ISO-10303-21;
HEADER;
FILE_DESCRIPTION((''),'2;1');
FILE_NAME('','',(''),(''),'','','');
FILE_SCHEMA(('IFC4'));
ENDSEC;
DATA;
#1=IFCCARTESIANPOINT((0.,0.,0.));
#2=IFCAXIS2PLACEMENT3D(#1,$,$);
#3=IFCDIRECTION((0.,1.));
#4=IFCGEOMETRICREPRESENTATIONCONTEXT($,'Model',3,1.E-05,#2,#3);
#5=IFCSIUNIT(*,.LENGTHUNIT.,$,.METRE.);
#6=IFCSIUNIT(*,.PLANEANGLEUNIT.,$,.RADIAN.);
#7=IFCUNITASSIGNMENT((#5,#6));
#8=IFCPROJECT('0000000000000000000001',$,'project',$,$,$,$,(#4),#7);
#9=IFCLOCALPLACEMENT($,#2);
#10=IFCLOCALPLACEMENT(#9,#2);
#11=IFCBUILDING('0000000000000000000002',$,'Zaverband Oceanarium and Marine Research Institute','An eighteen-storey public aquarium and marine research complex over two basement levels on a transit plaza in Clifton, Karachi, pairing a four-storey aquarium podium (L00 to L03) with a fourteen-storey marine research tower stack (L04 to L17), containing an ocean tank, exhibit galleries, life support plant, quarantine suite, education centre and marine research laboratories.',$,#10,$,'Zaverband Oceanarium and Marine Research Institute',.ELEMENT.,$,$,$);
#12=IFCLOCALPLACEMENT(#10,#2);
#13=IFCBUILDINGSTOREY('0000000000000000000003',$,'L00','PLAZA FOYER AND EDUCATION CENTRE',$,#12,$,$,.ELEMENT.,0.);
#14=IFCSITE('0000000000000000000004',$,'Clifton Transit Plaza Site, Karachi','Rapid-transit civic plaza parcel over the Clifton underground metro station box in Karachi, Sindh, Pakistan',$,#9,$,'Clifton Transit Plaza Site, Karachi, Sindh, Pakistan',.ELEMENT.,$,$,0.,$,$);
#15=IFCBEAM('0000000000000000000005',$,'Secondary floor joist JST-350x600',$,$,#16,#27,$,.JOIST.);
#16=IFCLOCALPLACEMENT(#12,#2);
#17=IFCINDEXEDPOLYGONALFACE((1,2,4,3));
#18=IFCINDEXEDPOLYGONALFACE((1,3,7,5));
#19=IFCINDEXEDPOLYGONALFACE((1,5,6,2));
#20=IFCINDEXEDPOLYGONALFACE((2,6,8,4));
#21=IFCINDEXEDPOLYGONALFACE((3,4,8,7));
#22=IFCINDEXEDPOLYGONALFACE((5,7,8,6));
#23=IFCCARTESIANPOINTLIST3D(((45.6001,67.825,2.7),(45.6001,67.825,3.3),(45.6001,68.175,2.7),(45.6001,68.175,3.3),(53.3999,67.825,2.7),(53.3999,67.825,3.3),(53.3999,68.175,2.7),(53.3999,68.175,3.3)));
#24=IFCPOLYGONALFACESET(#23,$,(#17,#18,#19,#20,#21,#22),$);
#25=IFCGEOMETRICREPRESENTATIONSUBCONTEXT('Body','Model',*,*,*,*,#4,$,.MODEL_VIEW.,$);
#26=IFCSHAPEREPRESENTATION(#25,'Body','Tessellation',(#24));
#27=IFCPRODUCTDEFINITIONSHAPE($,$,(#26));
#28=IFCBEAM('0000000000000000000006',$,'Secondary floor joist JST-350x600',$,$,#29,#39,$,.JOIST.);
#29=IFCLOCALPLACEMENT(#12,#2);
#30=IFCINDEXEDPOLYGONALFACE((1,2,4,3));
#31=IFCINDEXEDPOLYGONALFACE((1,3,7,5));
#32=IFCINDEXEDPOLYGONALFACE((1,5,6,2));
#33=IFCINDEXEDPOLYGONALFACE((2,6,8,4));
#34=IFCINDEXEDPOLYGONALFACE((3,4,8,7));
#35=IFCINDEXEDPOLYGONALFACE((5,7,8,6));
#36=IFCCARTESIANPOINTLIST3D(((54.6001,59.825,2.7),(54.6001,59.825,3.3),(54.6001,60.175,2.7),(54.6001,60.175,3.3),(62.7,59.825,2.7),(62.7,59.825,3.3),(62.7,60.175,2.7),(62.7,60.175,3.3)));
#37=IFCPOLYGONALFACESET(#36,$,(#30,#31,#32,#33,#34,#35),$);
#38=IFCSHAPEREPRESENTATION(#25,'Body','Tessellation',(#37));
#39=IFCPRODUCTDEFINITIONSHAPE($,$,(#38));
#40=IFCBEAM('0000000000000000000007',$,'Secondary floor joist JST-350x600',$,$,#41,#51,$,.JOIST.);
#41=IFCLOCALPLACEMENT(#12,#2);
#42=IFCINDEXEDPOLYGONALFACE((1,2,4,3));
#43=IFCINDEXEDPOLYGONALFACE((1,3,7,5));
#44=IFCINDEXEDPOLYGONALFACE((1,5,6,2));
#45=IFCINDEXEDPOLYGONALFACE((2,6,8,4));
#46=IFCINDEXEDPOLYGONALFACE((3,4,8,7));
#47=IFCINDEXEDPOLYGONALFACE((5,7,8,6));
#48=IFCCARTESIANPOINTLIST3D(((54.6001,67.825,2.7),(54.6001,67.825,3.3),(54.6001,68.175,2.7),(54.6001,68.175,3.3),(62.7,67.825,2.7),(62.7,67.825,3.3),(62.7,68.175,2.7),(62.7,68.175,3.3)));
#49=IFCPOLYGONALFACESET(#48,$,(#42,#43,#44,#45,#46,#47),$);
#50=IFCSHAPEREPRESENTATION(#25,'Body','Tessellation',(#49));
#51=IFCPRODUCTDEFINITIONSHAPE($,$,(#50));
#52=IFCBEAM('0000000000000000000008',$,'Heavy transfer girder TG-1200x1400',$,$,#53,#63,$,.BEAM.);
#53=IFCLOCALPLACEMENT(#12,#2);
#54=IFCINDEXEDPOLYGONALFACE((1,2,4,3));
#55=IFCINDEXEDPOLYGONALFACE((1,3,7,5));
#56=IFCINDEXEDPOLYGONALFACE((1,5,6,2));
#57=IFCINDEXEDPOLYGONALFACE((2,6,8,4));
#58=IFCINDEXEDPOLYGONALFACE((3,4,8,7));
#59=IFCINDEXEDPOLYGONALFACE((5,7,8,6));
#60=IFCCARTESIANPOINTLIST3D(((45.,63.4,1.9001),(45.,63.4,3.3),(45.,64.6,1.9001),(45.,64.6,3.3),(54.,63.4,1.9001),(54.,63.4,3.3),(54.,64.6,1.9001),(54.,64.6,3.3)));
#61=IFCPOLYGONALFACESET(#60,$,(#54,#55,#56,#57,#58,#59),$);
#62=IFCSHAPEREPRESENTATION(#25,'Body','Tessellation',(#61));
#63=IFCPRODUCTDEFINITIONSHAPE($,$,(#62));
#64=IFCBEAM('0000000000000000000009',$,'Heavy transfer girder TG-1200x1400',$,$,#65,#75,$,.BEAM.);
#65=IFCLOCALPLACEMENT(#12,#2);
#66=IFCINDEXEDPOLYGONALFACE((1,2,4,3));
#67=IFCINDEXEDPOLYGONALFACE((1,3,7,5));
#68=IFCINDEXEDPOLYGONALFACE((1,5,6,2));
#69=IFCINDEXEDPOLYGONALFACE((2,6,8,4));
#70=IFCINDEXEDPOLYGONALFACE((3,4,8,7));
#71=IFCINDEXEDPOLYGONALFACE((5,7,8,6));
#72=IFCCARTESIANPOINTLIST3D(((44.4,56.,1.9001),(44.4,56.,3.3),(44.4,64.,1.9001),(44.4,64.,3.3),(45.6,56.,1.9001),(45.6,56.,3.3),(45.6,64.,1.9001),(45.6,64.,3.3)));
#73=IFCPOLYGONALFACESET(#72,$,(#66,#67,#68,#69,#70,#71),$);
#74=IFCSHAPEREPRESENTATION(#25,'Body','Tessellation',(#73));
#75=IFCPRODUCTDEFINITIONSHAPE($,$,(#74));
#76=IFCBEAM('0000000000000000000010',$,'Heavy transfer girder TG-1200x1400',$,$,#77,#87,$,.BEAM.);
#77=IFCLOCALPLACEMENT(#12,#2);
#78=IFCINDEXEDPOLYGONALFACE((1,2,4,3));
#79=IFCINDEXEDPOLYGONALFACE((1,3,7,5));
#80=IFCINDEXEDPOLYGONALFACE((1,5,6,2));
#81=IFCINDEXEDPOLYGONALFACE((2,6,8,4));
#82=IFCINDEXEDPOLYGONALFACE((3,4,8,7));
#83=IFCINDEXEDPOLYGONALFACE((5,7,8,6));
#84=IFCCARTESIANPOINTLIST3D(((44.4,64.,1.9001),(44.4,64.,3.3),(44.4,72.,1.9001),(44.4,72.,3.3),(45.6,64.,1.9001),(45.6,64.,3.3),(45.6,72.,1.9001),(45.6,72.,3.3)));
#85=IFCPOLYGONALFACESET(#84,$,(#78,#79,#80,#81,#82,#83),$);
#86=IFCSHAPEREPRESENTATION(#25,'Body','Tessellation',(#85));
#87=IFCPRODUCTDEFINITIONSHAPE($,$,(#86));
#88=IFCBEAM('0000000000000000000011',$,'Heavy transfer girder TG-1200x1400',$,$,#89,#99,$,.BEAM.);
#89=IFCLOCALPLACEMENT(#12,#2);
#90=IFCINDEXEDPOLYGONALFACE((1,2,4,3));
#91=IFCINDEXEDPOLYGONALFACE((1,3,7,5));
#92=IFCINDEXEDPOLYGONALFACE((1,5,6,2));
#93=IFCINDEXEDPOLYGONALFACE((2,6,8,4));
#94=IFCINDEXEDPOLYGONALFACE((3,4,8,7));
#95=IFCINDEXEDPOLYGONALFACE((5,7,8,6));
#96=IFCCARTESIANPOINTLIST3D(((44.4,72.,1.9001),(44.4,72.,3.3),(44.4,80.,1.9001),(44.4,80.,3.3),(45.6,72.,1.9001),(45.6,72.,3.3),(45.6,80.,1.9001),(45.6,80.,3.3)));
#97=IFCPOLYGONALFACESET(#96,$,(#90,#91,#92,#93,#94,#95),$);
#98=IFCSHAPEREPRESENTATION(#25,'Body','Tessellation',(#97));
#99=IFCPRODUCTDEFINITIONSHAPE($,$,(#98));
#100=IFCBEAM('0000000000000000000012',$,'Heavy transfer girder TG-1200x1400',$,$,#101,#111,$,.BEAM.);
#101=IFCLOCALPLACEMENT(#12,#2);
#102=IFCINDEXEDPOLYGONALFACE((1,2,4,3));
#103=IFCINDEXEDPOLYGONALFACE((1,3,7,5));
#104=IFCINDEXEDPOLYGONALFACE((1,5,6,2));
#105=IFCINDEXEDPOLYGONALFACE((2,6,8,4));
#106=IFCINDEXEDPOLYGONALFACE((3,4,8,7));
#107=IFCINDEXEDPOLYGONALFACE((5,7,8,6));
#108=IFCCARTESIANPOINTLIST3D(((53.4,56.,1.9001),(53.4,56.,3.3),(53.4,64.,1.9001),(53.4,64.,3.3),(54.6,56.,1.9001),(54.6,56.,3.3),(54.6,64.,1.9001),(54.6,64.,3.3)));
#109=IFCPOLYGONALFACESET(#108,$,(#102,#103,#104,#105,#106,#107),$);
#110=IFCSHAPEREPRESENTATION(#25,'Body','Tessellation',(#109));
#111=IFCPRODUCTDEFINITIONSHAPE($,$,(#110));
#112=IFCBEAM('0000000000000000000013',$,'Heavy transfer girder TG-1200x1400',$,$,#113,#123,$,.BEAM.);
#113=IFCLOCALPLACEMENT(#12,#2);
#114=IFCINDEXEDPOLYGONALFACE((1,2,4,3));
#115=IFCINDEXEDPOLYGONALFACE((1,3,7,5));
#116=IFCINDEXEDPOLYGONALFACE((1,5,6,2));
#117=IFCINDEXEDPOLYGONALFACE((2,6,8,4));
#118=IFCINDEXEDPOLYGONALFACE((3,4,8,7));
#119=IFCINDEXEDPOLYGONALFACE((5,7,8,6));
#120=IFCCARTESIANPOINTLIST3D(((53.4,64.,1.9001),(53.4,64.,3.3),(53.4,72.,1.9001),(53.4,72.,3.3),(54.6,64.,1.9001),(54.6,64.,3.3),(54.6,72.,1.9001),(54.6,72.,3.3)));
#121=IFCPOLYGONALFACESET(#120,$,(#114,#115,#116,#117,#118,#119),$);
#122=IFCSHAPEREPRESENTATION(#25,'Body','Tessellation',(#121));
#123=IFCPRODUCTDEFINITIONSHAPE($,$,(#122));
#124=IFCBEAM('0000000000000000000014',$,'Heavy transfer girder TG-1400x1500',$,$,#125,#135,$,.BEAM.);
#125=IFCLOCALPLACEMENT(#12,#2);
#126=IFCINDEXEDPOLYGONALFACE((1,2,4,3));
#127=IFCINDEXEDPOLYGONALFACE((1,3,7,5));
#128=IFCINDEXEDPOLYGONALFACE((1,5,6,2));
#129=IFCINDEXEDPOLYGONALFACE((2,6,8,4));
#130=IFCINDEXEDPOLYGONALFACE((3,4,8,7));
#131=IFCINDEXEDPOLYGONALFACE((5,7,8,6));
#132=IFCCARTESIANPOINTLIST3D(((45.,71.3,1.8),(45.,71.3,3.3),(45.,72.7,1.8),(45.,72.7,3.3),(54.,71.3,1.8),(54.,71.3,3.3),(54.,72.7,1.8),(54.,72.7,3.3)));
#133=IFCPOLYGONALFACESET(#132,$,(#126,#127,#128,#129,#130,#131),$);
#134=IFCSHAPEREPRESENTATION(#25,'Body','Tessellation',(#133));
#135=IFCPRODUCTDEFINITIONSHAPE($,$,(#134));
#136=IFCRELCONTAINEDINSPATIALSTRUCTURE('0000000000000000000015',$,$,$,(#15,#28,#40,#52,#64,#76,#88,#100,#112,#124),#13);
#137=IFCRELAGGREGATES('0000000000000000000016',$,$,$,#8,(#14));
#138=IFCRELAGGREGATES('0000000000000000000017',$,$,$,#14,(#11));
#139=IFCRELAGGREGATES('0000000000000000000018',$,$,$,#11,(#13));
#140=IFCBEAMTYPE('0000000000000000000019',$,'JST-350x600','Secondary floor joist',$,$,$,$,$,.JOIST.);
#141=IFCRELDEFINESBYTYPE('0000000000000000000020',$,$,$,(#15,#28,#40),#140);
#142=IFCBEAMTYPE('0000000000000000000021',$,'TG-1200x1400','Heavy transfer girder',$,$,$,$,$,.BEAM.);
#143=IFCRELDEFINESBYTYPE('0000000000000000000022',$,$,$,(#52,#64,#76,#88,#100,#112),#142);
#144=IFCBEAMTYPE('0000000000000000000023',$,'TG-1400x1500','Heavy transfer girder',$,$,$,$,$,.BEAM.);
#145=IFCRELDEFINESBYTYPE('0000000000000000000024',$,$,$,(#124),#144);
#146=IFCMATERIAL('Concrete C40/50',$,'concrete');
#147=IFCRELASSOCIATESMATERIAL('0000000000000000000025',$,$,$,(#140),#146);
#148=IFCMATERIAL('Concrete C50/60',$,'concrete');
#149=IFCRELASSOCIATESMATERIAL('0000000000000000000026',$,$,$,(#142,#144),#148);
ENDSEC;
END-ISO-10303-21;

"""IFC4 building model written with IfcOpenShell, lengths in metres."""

from ifc_helpers import new_model, si_unit, direction, frame, origin, origin_2d, place, context, subcontext, project, spatial, rectangle, extrude, material, material_profile, profile_set, type_object, element, save


model = new_model("IFC4")

# Units and contexts
model_context = context("Model", 3, precision=1e-05, world=origin(), true_north=direction((0.0, 1.0)))
body_context = subcontext(model_context, "Body", "Model", "MODEL_VIEW")
ifc_project = project(units=[si_unit("LENGTHUNIT", "METRE"), si_unit("PLANEANGLEUNIT", "RADIAN")], contexts=[model_context])

# Site, building, storey
site_placement = place(None, origin())
site = spatial("IfcSite", under=ifc_project, at=site_placement, Name="Clifton Transit Plaza Site, Karachi", Description="Rapid-transit civic plaza parcel over the Clifton underground metro station box in Karachi, Sindh, Pakistan", LongName="Clifton Transit Plaza Site, Karachi, Sindh, Pakistan", CompositionType="ELEMENT", RefElevation=0.0)
building_placement = place(site_placement, origin())
building = spatial("IfcBuilding", under=site, at=building_placement, Name="Zaverband Oceanarium and Marine Research Institute", Description="An eighteen-storey public aquarium and marine research complex over two basement levels on a transit plaza in Clifton, Karachi, pairing a four-storey aquarium podium (L00 to L03) with a fourteen-storey marine research tower stack (L04 to L17), containing an ocean tank, exhibit galleries, life support plant, quarantine suite, education centre and marine research laboratories.", LongName="Zaverband Oceanarium and Marine Research Institute", CompositionType="ELEMENT")
storey_placement = place(building_placement, origin())
storey = spatial("IfcBuildingStorey", under=building, at=storey_placement, Name="L00", Description="PLAZA FOYER AND EDUCATION CENTRE", CompositionType="ELEMENT", Elevation=0.0)

# Shared definitions
ifc_material_1 = material(Name="Concrete C50/60", Category="concrete")

# Beams
ifc_material_2 = material(Name="Concrete C40/50", Category="concrete")
ifc_material_profile_1 = material_profile(ifc_material_2, rectangle(XDim=0.3501, YDim=0.6001, at=origin_2d()), Name="RC350x600")
ifc_profile_set_1 = profile_set([ifc_material_profile_1], Name="Concrete C40/50")
beam_type_1 = type_object("IfcBeamType", Name="JST-350x600", Description="Secondary floor joist", PredefinedType="JOIST", material=ifc_profile_set_1)
for number, where, z_axis, x_axis, name in (
    (1, (45.6001, 68.0, 3.0), (1.0, 0.0, 0.0), (0.0, 1.0, 0.0), "Secondary floor joist JST-350x600"),
):
    element("IfcBeam", number, at=place(storey_placement, frame(where, z_axis=z_axis, x_axis=x_axis)), inside=storey, type_object=beam_type_1, Name=name, PredefinedType="JOIST", context=body_context, shape_type="SweptSolid", body=[
        extrude(rectangle(XDim=0.3501, YDim=0.6001, at=origin_2d()), origin(), (0.0, 0.0, 1.0), 7.7998),
    ])
for number, where, z_axis, x_axis, name in (
    (2, (54.6001, 60.0, 3.0), (1.0, 0.0, 0.0), (0.0, 1.0, 0.0), "Secondary floor joist JST-350x600"),
    (3, (54.6001, 68.0, 3.0), (1.0, 0.0, 0.0), (0.0, 1.0, 0.0), "Secondary floor joist JST-350x600"),
):
    element("IfcBeam", number, at=place(storey_placement, frame(where, z_axis=z_axis, x_axis=x_axis)), inside=storey, type_object=beam_type_1, Name=name, PredefinedType="JOIST", context=body_context, shape_type="SweptSolid", body=[
        extrude(rectangle(XDim=0.3501, YDim=0.6001, at=origin_2d()), origin(), (0.0, 0.0, 1.0), 8.0999),
    ])
ifc_material_profile_2 = material_profile(ifc_material_1, rectangle(XDim=1.2, YDim=1.3999, at=origin_2d()), Name="RC1200x1400")
ifc_profile_set_2 = profile_set([ifc_material_profile_2], Name="Concrete C50/60")
beam_type_2 = type_object("IfcBeamType", Name="TG-1200x1400", Description="Heavy transfer girder", PredefinedType="BEAM", material=ifc_profile_set_2)
beam_1_placement = place(storey_placement, frame((45.0, 64.0, 2.6001), z_axis=(1.0, 0.0, 0.0), x_axis=(0.0, 1.0, 0.0)))
element("IfcBeam", 4, at=beam_1_placement, inside=storey, type_object=beam_type_2, Name="Heavy transfer girder TG-1200x1400", PredefinedType="BEAM", context=body_context, shape_type="SweptSolid", body=[
    extrude(rectangle(XDim=1.2, YDim=1.3999, at=origin_2d()), origin(), (0.0, 0.0, 1.0), 9.0),
])
for number, where, z_axis, x_axis, name in (
    (5, (45.0, 56.0, 2.6001), (0.0, 1.0, 0.0), (-1.0, 0.0, 0.0), "Heavy transfer girder TG-1200x1400"),
    (6, (45.0, 64.0, 2.6001), (0.0, 1.0, 0.0), (-1.0, 0.0, 0.0), "Heavy transfer girder TG-1200x1400"),
    (7, (45.0, 72.0, 2.6001), (0.0, 1.0, 0.0), (-1.0, 0.0, 0.0), "Heavy transfer girder TG-1200x1400"),
    (8, (54.0, 56.0, 2.6001), (0.0, 1.0, 0.0), (-1.0, 0.0, 0.0), "Heavy transfer girder TG-1200x1400"),
    (9, (54.0, 64.0, 2.6001), (0.0, 1.0, 0.0), (-1.0, 0.0, 0.0), "Heavy transfer girder TG-1200x1400"),
):
    element("IfcBeam", number, at=place(storey_placement, frame(where, z_axis=z_axis, x_axis=x_axis)), inside=storey, type_object=beam_type_2, Name=name, PredefinedType="BEAM", context=body_context, shape_type="SweptSolid", body=[
        extrude(rectangle(XDim=1.2, YDim=1.3999, at=origin_2d()), origin(), (0.0, 0.0, 1.0), 8.0),
    ])
ifc_material_profile_3 = material_profile(ifc_material_1, rectangle(XDim=1.3999, YDim=1.5, at=origin_2d()), Name="RC1400x1500")
ifc_profile_set_3 = profile_set([ifc_material_profile_3], Name="Concrete C50/60")
beam_type_3 = type_object("IfcBeamType", Name="TG-1400x1500", Description="Heavy transfer girder", PredefinedType="BEAM", material=ifc_profile_set_3)
beam_2_placement = place(storey_placement, frame((45.0, 72.0, 2.55), z_axis=(1.0, 0.0, 0.0), x_axis=(0.0, 1.0, 0.0)))
element("IfcBeam", 10, at=beam_2_placement, inside=storey, type_object=beam_type_3, Name="Heavy transfer girder TG-1400x1500", PredefinedType="BEAM", context=body_context, shape_type="SweptSolid", body=[
    extrude(rectangle(XDim=1.3999, YDim=1.5, at=origin_2d()), origin(), (0.0, 0.0, 1.0), 9.0),
])

save(model, "model.ifc")
